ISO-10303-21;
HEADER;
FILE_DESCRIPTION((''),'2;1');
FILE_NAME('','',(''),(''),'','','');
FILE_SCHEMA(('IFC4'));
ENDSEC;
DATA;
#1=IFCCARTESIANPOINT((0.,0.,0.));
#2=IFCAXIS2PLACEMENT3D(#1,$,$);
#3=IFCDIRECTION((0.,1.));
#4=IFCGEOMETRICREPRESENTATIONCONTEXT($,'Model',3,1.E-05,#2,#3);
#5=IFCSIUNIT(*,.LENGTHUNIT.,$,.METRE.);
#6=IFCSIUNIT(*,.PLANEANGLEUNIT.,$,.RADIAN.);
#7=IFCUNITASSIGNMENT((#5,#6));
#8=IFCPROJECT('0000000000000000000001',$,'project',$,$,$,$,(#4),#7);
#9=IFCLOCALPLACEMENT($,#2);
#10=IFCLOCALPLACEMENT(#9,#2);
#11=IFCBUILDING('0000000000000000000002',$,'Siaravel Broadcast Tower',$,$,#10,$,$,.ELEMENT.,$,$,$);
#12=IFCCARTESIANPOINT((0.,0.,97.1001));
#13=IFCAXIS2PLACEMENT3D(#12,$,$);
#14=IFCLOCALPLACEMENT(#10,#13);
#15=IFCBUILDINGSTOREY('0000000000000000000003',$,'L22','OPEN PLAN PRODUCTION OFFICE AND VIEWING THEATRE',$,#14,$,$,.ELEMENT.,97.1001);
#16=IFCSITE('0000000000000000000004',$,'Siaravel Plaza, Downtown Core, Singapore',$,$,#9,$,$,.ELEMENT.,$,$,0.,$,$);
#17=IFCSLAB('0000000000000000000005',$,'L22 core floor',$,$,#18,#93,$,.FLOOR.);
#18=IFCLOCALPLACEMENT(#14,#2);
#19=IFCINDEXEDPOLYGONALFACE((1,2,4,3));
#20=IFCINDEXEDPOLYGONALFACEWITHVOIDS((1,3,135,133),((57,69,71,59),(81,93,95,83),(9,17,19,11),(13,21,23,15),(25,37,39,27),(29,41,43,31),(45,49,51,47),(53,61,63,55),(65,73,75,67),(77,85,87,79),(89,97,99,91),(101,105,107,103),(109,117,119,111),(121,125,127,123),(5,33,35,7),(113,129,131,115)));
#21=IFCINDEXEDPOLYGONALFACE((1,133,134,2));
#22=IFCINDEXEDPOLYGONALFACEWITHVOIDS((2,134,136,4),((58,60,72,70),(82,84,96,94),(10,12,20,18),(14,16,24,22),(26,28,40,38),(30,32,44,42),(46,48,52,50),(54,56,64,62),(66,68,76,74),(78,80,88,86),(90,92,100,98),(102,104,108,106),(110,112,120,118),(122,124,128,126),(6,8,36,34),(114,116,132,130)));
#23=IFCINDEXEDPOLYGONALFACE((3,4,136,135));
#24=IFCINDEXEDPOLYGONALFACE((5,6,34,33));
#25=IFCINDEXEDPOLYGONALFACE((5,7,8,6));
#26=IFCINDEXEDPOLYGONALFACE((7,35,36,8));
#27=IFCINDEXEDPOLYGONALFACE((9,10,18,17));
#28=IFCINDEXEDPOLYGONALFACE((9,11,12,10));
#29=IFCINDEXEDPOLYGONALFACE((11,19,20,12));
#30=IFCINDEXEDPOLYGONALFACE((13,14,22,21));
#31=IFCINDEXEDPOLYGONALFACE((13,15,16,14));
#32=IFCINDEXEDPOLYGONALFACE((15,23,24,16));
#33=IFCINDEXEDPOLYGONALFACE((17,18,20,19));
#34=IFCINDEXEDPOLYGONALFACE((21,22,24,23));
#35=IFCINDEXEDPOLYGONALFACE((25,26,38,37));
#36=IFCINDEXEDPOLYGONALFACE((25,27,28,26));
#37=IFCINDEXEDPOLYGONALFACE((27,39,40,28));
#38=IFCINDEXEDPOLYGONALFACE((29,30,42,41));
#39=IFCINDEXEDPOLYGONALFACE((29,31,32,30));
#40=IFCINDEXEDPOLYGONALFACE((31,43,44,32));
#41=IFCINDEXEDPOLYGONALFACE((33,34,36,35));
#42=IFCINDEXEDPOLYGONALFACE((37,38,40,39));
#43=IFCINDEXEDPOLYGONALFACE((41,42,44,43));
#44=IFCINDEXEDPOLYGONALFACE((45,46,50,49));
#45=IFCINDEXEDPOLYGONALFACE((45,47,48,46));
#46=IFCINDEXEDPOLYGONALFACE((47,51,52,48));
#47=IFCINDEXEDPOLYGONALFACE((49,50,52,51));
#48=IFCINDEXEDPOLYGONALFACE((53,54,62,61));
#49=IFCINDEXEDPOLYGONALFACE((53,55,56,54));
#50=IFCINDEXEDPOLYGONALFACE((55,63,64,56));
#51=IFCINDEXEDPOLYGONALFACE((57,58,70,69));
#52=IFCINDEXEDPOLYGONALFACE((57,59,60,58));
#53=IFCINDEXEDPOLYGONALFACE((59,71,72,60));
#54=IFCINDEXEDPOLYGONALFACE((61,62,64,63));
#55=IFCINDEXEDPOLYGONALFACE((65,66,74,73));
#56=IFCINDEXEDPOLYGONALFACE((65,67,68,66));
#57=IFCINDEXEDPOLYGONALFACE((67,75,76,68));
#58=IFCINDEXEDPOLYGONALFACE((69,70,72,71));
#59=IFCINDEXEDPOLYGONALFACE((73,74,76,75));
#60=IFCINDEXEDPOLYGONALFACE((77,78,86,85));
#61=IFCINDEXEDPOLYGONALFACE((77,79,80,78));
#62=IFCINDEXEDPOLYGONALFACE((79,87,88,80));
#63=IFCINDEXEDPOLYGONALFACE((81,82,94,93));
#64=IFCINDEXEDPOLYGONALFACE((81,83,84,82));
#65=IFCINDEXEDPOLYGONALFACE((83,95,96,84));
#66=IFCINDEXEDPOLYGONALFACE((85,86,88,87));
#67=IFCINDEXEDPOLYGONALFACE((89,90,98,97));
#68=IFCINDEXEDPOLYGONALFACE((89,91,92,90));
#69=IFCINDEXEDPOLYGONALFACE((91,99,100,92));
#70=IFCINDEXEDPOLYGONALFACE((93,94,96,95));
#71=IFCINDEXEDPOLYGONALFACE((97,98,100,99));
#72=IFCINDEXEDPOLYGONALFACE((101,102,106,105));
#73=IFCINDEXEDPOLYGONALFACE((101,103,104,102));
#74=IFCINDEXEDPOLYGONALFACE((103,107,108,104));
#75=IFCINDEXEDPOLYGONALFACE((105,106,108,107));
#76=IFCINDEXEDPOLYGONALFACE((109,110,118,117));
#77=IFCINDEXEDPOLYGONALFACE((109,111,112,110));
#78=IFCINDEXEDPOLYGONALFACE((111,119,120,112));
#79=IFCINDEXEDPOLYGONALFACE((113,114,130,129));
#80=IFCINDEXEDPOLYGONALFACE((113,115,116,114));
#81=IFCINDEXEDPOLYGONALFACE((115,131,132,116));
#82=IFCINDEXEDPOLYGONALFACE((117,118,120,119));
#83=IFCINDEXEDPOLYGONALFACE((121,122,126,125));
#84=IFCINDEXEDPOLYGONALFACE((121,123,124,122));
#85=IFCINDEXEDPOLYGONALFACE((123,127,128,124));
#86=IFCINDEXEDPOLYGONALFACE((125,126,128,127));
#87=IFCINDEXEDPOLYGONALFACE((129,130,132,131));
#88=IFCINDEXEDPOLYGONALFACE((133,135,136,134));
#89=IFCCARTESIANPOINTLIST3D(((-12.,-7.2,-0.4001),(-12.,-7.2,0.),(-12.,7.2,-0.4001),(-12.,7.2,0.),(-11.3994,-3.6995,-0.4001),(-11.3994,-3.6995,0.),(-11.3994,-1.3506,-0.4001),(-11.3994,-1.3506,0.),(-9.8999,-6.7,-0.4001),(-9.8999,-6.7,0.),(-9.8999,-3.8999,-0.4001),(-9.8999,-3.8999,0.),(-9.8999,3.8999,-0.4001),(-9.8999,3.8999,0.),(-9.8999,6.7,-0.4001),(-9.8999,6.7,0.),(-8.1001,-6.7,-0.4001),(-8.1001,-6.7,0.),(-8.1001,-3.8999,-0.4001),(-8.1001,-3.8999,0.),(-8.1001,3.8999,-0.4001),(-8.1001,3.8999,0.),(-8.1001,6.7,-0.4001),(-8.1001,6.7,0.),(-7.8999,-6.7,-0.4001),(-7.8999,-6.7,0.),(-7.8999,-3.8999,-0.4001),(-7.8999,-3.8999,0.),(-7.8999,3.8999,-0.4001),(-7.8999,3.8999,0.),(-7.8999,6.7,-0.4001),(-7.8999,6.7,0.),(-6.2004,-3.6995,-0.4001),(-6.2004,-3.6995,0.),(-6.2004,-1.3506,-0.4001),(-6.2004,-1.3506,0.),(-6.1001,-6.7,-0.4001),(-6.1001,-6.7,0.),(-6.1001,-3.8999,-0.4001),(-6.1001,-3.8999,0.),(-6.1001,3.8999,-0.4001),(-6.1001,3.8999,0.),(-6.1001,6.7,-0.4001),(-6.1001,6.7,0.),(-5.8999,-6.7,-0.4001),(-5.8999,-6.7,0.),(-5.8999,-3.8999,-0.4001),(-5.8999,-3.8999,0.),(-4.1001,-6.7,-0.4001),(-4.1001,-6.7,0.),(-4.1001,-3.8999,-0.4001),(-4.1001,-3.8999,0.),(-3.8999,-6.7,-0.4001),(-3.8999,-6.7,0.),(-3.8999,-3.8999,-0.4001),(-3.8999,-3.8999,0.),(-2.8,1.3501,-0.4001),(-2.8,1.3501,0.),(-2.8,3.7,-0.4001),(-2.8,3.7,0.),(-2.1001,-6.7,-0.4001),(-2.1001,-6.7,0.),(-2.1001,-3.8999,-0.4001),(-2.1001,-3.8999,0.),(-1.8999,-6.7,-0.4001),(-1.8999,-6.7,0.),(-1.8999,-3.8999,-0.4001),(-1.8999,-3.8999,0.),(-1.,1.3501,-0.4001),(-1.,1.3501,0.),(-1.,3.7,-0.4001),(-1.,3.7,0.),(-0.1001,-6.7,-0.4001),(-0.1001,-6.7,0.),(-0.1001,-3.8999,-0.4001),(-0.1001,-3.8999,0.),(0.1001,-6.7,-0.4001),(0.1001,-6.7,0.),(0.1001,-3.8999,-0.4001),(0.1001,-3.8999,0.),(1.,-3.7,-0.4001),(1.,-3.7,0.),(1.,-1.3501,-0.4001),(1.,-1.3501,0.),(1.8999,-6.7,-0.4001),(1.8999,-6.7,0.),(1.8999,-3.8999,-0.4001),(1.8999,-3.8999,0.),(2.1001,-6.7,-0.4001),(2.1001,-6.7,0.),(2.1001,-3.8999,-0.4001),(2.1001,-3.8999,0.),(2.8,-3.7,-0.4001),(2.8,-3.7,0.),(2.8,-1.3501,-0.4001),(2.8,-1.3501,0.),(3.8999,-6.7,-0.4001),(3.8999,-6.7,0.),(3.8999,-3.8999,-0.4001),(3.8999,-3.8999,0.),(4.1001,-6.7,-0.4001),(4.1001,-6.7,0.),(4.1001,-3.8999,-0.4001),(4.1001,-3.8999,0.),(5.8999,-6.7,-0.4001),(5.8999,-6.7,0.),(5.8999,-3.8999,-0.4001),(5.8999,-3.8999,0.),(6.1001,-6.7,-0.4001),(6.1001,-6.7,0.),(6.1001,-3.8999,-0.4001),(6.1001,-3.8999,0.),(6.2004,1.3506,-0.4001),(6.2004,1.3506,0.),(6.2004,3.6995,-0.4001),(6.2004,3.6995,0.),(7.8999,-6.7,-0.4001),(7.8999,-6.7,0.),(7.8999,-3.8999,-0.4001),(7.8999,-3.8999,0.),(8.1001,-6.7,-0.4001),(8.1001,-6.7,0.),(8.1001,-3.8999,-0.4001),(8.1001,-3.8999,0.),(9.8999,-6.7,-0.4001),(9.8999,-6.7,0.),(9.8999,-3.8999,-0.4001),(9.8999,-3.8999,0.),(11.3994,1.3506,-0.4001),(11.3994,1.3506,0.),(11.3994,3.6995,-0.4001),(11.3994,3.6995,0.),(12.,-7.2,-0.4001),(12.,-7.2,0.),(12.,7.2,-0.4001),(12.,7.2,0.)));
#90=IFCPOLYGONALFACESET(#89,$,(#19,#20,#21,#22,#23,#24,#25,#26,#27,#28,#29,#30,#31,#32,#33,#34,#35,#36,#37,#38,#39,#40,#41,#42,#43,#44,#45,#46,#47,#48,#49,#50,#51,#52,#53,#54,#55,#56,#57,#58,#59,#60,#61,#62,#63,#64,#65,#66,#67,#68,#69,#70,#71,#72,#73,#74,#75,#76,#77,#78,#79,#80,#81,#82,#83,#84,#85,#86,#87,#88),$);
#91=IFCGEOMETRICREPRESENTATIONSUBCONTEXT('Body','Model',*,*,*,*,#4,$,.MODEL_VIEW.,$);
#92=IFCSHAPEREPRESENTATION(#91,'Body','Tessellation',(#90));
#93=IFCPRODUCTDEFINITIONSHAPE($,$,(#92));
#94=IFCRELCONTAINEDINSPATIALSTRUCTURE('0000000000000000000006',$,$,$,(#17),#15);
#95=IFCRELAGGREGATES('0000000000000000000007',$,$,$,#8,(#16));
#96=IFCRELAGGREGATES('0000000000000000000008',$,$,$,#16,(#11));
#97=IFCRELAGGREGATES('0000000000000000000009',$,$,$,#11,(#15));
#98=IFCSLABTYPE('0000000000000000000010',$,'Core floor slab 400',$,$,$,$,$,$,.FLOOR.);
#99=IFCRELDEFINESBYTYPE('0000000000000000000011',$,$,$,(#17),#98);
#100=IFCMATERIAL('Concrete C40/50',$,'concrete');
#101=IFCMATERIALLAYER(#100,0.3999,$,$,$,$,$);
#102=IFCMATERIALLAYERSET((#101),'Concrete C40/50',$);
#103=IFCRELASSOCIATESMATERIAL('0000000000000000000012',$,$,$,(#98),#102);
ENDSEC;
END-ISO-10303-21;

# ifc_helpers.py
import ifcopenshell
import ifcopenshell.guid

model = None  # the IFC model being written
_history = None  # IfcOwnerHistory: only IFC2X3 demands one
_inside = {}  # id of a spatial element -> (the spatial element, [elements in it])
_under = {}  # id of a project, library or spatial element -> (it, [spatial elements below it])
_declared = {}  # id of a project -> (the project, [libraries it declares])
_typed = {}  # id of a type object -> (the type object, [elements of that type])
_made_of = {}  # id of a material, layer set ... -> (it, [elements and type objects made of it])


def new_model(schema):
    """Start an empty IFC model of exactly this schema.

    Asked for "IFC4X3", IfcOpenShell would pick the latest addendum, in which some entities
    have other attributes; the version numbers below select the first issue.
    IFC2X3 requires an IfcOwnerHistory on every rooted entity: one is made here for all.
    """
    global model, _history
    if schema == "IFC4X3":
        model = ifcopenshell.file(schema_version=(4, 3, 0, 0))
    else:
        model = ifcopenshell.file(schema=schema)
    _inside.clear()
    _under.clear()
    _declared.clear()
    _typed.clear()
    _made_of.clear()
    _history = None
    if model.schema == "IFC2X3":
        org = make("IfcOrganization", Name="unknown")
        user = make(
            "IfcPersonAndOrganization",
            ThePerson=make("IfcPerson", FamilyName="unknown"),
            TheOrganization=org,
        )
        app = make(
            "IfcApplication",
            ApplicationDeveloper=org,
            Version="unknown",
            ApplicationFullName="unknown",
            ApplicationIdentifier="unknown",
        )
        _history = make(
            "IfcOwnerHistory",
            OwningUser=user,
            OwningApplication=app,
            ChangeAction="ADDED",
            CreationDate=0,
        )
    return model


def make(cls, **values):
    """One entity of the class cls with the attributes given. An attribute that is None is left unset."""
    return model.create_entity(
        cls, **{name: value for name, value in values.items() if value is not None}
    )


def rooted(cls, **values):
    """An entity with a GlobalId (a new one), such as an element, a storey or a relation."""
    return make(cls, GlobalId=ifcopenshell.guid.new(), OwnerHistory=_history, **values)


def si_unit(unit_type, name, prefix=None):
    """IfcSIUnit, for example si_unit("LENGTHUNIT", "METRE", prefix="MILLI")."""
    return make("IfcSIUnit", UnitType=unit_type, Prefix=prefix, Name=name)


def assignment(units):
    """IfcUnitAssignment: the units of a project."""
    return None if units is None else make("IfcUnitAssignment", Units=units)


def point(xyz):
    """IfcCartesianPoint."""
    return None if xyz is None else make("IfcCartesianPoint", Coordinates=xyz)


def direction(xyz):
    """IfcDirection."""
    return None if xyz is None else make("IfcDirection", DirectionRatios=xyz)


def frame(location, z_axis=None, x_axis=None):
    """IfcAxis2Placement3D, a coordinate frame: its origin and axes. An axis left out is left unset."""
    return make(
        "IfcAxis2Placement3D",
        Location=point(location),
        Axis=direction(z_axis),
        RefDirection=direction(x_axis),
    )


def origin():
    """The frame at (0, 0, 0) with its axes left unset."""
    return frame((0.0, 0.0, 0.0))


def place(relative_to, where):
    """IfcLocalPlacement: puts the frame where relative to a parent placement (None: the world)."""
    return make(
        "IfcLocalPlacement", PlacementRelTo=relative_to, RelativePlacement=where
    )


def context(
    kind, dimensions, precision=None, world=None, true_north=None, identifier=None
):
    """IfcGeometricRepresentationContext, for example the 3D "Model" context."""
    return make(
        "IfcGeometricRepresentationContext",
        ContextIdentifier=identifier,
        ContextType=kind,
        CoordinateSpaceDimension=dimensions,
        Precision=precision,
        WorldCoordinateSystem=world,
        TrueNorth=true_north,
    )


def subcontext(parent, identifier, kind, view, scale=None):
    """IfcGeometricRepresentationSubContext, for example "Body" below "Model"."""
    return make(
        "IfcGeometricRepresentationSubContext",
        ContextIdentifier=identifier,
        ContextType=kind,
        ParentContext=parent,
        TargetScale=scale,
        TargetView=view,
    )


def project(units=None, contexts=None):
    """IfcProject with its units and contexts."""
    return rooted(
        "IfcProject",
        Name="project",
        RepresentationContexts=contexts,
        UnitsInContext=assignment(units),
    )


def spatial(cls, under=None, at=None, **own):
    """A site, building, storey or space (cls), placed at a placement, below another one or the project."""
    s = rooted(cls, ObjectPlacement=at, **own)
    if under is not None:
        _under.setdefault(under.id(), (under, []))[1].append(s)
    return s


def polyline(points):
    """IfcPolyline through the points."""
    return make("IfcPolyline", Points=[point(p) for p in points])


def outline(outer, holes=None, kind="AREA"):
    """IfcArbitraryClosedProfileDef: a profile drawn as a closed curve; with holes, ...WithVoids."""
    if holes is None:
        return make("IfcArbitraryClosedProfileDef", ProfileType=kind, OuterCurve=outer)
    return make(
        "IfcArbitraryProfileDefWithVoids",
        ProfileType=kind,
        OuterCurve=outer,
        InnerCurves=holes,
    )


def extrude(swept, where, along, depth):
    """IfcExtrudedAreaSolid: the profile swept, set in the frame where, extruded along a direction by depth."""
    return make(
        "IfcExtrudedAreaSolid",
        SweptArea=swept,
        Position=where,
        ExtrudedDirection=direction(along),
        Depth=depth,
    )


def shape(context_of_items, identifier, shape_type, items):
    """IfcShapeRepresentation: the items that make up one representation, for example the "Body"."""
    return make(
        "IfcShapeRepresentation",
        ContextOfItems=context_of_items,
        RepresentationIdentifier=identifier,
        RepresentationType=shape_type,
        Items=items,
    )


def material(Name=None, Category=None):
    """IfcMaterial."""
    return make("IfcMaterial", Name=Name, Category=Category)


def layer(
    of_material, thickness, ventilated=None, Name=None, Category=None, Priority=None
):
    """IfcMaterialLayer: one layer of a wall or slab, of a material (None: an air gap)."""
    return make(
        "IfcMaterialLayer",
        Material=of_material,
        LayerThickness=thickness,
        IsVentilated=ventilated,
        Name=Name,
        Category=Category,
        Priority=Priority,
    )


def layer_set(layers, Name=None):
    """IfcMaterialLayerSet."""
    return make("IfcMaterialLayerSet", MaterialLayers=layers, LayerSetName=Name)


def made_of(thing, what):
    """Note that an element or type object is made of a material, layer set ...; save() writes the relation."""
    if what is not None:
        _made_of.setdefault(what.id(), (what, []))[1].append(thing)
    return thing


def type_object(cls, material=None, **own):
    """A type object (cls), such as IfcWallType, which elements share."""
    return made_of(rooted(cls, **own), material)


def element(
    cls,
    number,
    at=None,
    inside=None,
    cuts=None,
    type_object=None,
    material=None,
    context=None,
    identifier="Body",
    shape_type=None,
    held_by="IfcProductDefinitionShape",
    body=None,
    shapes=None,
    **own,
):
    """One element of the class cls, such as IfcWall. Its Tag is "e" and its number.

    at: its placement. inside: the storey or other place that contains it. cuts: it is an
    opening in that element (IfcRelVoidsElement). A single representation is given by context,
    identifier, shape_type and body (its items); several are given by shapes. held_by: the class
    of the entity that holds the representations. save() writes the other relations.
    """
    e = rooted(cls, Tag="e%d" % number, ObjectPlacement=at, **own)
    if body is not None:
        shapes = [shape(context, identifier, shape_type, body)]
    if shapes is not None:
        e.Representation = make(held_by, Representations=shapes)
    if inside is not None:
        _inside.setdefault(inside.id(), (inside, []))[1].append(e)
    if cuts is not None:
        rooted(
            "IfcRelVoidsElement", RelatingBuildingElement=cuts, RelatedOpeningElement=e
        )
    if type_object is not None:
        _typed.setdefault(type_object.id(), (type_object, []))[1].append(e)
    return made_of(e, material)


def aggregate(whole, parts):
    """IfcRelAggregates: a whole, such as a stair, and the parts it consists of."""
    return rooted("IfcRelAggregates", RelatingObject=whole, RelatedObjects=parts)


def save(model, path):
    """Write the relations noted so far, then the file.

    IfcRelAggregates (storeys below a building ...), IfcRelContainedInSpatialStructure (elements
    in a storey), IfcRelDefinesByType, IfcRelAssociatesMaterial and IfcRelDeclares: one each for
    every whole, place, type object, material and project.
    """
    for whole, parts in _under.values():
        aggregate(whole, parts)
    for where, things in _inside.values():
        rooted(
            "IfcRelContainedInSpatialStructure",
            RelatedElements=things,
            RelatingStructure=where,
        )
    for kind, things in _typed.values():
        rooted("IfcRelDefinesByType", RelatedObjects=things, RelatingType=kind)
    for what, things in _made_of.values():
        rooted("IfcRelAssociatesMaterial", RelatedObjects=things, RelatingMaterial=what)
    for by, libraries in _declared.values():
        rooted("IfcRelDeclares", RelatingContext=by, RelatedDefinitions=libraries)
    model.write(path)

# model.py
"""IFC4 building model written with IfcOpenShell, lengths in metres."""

from ifc_helpers import new_model, si_unit, direction, frame, origin, place, context, subcontext, project, spatial, polyline, outline, extrude, material, layer, layer_set, type_object, element, save


model = new_model("IFC4")

# Units and contexts
model_context = context("Model", 3, precision=1e-05, world=origin(), true_north=direction((0.0, 1.0)))
body_context = subcontext(model_context, "Body", "Model", "MODEL_VIEW")
ifc_project = project(units=[si_unit("LENGTHUNIT", "METRE"), si_unit("PLANEANGLEUNIT", "RADIAN")], contexts=[model_context])

# Site, building, storey
site_placement = place(None, origin())
site = spatial("IfcSite", under=ifc_project, at=site_placement, Name="Siaravel Plaza, Downtown Core, Singapore", CompositionType="ELEMENT", RefElevation=0.0)
building_placement = place(site_placement, origin())
building = spatial("IfcBuilding", under=site, at=building_placement, Name="Siaravel Broadcast Tower", CompositionType="ELEMENT")
storey_placement = place(building_placement, frame((0.0, 0.0, 97.1001)))
storey = spatial("IfcBuildingStorey", under=building, at=storey_placement, Name="L22", Description="OPEN PLAN PRODUCTION OFFICE AND VIEWING THEATRE", CompositionType="ELEMENT", Elevation=97.1001)

# Slab
ifc_material_1 = material(Name="Concrete C40/50", Category="concrete")
ifc_layer_1 = layer(ifc_material_1, 0.3999)
ifc_layer_set_1 = layer_set([ifc_layer_1], Name="Concrete C40/50")
slab_type_1 = type_object("IfcSlabType", Name="Core floor slab 400", PredefinedType="FLOOR", material=ifc_layer_set_1)
slab_1_placement = place(storey_placement, frame((0.0, 0.0, -0.4001)))
element("IfcSlab", 1, at=slab_1_placement, inside=storey, type_object=slab_type_1, Name="L22 core floor", PredefinedType="FLOOR", context=body_context, shape_type="SweptSolid", body=[
    extrude(outline(polyline([(-12.0, -7.2), (-12.0, 7.2), (12.0, 7.2), (12.0, -7.2), (-12.0, -7.2)]), holes=[polyline([(11.3994, 1.3506), (11.3994, 3.6995), (6.2004, 3.6995), (6.2004, 1.3506), (11.3994, 1.3506)]), polyline([(9.8999, -3.8999), (8.1001, -3.8999), (8.1001, -6.7), (9.8999, -6.7), (9.8999, -3.8999)]), polyline([(7.8999, -3.8999), (6.1001, -3.8999), (6.1001, -6.7), (7.8999, -6.7), (7.8999, -3.8999)]), polyline([(5.8999, -3.8999), (4.1001, -3.8999), (4.1001, -6.7), (5.8999, -6.7), (5.8999, -3.8999)]), polyline([(3.8999, -3.8999), (2.1001, -3.8999), (2.1001, -6.7), (3.8999, -6.7), (3.8999, -3.8999)]), polyline([(2.8, -1.3501), (1.0, -1.3501), (1.0, -3.7), (2.8, -3.7), (2.8, -1.3501)]), polyline([(1.8999, -3.8999), (0.1001, -3.8999), (0.1001, -6.7), (1.8999, -6.7), (1.8999, -3.8999)]), polyline([(-0.1001, -3.8999), (-1.8999, -3.8999), (-1.8999, -6.7), (-0.1001, -6.7), (-0.1001, -3.8999)]), polyline([(-1.0, 3.7), (-2.8, 3.7), (-2.8, 1.3501), (-1.0, 1.3501), (-1.0, 3.7)]), polyline([(-2.1001, -3.8999), (-3.8999, -3.8999), (-3.8999, -6.7), (-2.1001, -6.7), (-2.1001, -3.8999)]), polyline([(-4.1001, -3.8999), (-5.8999, -3.8999), (-5.8999, -6.7), (-4.1001, -6.7), (-4.1001, -3.8999)]), polyline([(-6.1001, -3.8999), (-7.8999, -3.8999), (-7.8999, -6.7), (-6.1001, -6.7), (-6.1001, -3.8999)]), polyline([(-6.1001, 6.7), (-7.8999, 6.7), (-7.8999, 3.8999), (-6.1001, 3.8999), (-6.1001, 6.7)]), polyline([(-11.3994, -1.3506), (-11.3994, -3.6995), (-6.2004, -3.6995), (-6.2004, -1.3506), (-11.3994, -1.3506)]), polyline([(-8.1001, -3.8999), (-9.8999, -3.8999), (-9.8999, -6.7), (-8.1001, -6.7), (-8.1001, -3.8999)]), polyline([(-8.1001, 6.7), (-9.8999, 6.7), (-9.8999, 3.8999), (-8.1001, 3.8999), (-8.1001, 6.7)])]), origin(), (0.0, 0.0, 1.0), 0.4001),
])

save(model, "model.ifc")
